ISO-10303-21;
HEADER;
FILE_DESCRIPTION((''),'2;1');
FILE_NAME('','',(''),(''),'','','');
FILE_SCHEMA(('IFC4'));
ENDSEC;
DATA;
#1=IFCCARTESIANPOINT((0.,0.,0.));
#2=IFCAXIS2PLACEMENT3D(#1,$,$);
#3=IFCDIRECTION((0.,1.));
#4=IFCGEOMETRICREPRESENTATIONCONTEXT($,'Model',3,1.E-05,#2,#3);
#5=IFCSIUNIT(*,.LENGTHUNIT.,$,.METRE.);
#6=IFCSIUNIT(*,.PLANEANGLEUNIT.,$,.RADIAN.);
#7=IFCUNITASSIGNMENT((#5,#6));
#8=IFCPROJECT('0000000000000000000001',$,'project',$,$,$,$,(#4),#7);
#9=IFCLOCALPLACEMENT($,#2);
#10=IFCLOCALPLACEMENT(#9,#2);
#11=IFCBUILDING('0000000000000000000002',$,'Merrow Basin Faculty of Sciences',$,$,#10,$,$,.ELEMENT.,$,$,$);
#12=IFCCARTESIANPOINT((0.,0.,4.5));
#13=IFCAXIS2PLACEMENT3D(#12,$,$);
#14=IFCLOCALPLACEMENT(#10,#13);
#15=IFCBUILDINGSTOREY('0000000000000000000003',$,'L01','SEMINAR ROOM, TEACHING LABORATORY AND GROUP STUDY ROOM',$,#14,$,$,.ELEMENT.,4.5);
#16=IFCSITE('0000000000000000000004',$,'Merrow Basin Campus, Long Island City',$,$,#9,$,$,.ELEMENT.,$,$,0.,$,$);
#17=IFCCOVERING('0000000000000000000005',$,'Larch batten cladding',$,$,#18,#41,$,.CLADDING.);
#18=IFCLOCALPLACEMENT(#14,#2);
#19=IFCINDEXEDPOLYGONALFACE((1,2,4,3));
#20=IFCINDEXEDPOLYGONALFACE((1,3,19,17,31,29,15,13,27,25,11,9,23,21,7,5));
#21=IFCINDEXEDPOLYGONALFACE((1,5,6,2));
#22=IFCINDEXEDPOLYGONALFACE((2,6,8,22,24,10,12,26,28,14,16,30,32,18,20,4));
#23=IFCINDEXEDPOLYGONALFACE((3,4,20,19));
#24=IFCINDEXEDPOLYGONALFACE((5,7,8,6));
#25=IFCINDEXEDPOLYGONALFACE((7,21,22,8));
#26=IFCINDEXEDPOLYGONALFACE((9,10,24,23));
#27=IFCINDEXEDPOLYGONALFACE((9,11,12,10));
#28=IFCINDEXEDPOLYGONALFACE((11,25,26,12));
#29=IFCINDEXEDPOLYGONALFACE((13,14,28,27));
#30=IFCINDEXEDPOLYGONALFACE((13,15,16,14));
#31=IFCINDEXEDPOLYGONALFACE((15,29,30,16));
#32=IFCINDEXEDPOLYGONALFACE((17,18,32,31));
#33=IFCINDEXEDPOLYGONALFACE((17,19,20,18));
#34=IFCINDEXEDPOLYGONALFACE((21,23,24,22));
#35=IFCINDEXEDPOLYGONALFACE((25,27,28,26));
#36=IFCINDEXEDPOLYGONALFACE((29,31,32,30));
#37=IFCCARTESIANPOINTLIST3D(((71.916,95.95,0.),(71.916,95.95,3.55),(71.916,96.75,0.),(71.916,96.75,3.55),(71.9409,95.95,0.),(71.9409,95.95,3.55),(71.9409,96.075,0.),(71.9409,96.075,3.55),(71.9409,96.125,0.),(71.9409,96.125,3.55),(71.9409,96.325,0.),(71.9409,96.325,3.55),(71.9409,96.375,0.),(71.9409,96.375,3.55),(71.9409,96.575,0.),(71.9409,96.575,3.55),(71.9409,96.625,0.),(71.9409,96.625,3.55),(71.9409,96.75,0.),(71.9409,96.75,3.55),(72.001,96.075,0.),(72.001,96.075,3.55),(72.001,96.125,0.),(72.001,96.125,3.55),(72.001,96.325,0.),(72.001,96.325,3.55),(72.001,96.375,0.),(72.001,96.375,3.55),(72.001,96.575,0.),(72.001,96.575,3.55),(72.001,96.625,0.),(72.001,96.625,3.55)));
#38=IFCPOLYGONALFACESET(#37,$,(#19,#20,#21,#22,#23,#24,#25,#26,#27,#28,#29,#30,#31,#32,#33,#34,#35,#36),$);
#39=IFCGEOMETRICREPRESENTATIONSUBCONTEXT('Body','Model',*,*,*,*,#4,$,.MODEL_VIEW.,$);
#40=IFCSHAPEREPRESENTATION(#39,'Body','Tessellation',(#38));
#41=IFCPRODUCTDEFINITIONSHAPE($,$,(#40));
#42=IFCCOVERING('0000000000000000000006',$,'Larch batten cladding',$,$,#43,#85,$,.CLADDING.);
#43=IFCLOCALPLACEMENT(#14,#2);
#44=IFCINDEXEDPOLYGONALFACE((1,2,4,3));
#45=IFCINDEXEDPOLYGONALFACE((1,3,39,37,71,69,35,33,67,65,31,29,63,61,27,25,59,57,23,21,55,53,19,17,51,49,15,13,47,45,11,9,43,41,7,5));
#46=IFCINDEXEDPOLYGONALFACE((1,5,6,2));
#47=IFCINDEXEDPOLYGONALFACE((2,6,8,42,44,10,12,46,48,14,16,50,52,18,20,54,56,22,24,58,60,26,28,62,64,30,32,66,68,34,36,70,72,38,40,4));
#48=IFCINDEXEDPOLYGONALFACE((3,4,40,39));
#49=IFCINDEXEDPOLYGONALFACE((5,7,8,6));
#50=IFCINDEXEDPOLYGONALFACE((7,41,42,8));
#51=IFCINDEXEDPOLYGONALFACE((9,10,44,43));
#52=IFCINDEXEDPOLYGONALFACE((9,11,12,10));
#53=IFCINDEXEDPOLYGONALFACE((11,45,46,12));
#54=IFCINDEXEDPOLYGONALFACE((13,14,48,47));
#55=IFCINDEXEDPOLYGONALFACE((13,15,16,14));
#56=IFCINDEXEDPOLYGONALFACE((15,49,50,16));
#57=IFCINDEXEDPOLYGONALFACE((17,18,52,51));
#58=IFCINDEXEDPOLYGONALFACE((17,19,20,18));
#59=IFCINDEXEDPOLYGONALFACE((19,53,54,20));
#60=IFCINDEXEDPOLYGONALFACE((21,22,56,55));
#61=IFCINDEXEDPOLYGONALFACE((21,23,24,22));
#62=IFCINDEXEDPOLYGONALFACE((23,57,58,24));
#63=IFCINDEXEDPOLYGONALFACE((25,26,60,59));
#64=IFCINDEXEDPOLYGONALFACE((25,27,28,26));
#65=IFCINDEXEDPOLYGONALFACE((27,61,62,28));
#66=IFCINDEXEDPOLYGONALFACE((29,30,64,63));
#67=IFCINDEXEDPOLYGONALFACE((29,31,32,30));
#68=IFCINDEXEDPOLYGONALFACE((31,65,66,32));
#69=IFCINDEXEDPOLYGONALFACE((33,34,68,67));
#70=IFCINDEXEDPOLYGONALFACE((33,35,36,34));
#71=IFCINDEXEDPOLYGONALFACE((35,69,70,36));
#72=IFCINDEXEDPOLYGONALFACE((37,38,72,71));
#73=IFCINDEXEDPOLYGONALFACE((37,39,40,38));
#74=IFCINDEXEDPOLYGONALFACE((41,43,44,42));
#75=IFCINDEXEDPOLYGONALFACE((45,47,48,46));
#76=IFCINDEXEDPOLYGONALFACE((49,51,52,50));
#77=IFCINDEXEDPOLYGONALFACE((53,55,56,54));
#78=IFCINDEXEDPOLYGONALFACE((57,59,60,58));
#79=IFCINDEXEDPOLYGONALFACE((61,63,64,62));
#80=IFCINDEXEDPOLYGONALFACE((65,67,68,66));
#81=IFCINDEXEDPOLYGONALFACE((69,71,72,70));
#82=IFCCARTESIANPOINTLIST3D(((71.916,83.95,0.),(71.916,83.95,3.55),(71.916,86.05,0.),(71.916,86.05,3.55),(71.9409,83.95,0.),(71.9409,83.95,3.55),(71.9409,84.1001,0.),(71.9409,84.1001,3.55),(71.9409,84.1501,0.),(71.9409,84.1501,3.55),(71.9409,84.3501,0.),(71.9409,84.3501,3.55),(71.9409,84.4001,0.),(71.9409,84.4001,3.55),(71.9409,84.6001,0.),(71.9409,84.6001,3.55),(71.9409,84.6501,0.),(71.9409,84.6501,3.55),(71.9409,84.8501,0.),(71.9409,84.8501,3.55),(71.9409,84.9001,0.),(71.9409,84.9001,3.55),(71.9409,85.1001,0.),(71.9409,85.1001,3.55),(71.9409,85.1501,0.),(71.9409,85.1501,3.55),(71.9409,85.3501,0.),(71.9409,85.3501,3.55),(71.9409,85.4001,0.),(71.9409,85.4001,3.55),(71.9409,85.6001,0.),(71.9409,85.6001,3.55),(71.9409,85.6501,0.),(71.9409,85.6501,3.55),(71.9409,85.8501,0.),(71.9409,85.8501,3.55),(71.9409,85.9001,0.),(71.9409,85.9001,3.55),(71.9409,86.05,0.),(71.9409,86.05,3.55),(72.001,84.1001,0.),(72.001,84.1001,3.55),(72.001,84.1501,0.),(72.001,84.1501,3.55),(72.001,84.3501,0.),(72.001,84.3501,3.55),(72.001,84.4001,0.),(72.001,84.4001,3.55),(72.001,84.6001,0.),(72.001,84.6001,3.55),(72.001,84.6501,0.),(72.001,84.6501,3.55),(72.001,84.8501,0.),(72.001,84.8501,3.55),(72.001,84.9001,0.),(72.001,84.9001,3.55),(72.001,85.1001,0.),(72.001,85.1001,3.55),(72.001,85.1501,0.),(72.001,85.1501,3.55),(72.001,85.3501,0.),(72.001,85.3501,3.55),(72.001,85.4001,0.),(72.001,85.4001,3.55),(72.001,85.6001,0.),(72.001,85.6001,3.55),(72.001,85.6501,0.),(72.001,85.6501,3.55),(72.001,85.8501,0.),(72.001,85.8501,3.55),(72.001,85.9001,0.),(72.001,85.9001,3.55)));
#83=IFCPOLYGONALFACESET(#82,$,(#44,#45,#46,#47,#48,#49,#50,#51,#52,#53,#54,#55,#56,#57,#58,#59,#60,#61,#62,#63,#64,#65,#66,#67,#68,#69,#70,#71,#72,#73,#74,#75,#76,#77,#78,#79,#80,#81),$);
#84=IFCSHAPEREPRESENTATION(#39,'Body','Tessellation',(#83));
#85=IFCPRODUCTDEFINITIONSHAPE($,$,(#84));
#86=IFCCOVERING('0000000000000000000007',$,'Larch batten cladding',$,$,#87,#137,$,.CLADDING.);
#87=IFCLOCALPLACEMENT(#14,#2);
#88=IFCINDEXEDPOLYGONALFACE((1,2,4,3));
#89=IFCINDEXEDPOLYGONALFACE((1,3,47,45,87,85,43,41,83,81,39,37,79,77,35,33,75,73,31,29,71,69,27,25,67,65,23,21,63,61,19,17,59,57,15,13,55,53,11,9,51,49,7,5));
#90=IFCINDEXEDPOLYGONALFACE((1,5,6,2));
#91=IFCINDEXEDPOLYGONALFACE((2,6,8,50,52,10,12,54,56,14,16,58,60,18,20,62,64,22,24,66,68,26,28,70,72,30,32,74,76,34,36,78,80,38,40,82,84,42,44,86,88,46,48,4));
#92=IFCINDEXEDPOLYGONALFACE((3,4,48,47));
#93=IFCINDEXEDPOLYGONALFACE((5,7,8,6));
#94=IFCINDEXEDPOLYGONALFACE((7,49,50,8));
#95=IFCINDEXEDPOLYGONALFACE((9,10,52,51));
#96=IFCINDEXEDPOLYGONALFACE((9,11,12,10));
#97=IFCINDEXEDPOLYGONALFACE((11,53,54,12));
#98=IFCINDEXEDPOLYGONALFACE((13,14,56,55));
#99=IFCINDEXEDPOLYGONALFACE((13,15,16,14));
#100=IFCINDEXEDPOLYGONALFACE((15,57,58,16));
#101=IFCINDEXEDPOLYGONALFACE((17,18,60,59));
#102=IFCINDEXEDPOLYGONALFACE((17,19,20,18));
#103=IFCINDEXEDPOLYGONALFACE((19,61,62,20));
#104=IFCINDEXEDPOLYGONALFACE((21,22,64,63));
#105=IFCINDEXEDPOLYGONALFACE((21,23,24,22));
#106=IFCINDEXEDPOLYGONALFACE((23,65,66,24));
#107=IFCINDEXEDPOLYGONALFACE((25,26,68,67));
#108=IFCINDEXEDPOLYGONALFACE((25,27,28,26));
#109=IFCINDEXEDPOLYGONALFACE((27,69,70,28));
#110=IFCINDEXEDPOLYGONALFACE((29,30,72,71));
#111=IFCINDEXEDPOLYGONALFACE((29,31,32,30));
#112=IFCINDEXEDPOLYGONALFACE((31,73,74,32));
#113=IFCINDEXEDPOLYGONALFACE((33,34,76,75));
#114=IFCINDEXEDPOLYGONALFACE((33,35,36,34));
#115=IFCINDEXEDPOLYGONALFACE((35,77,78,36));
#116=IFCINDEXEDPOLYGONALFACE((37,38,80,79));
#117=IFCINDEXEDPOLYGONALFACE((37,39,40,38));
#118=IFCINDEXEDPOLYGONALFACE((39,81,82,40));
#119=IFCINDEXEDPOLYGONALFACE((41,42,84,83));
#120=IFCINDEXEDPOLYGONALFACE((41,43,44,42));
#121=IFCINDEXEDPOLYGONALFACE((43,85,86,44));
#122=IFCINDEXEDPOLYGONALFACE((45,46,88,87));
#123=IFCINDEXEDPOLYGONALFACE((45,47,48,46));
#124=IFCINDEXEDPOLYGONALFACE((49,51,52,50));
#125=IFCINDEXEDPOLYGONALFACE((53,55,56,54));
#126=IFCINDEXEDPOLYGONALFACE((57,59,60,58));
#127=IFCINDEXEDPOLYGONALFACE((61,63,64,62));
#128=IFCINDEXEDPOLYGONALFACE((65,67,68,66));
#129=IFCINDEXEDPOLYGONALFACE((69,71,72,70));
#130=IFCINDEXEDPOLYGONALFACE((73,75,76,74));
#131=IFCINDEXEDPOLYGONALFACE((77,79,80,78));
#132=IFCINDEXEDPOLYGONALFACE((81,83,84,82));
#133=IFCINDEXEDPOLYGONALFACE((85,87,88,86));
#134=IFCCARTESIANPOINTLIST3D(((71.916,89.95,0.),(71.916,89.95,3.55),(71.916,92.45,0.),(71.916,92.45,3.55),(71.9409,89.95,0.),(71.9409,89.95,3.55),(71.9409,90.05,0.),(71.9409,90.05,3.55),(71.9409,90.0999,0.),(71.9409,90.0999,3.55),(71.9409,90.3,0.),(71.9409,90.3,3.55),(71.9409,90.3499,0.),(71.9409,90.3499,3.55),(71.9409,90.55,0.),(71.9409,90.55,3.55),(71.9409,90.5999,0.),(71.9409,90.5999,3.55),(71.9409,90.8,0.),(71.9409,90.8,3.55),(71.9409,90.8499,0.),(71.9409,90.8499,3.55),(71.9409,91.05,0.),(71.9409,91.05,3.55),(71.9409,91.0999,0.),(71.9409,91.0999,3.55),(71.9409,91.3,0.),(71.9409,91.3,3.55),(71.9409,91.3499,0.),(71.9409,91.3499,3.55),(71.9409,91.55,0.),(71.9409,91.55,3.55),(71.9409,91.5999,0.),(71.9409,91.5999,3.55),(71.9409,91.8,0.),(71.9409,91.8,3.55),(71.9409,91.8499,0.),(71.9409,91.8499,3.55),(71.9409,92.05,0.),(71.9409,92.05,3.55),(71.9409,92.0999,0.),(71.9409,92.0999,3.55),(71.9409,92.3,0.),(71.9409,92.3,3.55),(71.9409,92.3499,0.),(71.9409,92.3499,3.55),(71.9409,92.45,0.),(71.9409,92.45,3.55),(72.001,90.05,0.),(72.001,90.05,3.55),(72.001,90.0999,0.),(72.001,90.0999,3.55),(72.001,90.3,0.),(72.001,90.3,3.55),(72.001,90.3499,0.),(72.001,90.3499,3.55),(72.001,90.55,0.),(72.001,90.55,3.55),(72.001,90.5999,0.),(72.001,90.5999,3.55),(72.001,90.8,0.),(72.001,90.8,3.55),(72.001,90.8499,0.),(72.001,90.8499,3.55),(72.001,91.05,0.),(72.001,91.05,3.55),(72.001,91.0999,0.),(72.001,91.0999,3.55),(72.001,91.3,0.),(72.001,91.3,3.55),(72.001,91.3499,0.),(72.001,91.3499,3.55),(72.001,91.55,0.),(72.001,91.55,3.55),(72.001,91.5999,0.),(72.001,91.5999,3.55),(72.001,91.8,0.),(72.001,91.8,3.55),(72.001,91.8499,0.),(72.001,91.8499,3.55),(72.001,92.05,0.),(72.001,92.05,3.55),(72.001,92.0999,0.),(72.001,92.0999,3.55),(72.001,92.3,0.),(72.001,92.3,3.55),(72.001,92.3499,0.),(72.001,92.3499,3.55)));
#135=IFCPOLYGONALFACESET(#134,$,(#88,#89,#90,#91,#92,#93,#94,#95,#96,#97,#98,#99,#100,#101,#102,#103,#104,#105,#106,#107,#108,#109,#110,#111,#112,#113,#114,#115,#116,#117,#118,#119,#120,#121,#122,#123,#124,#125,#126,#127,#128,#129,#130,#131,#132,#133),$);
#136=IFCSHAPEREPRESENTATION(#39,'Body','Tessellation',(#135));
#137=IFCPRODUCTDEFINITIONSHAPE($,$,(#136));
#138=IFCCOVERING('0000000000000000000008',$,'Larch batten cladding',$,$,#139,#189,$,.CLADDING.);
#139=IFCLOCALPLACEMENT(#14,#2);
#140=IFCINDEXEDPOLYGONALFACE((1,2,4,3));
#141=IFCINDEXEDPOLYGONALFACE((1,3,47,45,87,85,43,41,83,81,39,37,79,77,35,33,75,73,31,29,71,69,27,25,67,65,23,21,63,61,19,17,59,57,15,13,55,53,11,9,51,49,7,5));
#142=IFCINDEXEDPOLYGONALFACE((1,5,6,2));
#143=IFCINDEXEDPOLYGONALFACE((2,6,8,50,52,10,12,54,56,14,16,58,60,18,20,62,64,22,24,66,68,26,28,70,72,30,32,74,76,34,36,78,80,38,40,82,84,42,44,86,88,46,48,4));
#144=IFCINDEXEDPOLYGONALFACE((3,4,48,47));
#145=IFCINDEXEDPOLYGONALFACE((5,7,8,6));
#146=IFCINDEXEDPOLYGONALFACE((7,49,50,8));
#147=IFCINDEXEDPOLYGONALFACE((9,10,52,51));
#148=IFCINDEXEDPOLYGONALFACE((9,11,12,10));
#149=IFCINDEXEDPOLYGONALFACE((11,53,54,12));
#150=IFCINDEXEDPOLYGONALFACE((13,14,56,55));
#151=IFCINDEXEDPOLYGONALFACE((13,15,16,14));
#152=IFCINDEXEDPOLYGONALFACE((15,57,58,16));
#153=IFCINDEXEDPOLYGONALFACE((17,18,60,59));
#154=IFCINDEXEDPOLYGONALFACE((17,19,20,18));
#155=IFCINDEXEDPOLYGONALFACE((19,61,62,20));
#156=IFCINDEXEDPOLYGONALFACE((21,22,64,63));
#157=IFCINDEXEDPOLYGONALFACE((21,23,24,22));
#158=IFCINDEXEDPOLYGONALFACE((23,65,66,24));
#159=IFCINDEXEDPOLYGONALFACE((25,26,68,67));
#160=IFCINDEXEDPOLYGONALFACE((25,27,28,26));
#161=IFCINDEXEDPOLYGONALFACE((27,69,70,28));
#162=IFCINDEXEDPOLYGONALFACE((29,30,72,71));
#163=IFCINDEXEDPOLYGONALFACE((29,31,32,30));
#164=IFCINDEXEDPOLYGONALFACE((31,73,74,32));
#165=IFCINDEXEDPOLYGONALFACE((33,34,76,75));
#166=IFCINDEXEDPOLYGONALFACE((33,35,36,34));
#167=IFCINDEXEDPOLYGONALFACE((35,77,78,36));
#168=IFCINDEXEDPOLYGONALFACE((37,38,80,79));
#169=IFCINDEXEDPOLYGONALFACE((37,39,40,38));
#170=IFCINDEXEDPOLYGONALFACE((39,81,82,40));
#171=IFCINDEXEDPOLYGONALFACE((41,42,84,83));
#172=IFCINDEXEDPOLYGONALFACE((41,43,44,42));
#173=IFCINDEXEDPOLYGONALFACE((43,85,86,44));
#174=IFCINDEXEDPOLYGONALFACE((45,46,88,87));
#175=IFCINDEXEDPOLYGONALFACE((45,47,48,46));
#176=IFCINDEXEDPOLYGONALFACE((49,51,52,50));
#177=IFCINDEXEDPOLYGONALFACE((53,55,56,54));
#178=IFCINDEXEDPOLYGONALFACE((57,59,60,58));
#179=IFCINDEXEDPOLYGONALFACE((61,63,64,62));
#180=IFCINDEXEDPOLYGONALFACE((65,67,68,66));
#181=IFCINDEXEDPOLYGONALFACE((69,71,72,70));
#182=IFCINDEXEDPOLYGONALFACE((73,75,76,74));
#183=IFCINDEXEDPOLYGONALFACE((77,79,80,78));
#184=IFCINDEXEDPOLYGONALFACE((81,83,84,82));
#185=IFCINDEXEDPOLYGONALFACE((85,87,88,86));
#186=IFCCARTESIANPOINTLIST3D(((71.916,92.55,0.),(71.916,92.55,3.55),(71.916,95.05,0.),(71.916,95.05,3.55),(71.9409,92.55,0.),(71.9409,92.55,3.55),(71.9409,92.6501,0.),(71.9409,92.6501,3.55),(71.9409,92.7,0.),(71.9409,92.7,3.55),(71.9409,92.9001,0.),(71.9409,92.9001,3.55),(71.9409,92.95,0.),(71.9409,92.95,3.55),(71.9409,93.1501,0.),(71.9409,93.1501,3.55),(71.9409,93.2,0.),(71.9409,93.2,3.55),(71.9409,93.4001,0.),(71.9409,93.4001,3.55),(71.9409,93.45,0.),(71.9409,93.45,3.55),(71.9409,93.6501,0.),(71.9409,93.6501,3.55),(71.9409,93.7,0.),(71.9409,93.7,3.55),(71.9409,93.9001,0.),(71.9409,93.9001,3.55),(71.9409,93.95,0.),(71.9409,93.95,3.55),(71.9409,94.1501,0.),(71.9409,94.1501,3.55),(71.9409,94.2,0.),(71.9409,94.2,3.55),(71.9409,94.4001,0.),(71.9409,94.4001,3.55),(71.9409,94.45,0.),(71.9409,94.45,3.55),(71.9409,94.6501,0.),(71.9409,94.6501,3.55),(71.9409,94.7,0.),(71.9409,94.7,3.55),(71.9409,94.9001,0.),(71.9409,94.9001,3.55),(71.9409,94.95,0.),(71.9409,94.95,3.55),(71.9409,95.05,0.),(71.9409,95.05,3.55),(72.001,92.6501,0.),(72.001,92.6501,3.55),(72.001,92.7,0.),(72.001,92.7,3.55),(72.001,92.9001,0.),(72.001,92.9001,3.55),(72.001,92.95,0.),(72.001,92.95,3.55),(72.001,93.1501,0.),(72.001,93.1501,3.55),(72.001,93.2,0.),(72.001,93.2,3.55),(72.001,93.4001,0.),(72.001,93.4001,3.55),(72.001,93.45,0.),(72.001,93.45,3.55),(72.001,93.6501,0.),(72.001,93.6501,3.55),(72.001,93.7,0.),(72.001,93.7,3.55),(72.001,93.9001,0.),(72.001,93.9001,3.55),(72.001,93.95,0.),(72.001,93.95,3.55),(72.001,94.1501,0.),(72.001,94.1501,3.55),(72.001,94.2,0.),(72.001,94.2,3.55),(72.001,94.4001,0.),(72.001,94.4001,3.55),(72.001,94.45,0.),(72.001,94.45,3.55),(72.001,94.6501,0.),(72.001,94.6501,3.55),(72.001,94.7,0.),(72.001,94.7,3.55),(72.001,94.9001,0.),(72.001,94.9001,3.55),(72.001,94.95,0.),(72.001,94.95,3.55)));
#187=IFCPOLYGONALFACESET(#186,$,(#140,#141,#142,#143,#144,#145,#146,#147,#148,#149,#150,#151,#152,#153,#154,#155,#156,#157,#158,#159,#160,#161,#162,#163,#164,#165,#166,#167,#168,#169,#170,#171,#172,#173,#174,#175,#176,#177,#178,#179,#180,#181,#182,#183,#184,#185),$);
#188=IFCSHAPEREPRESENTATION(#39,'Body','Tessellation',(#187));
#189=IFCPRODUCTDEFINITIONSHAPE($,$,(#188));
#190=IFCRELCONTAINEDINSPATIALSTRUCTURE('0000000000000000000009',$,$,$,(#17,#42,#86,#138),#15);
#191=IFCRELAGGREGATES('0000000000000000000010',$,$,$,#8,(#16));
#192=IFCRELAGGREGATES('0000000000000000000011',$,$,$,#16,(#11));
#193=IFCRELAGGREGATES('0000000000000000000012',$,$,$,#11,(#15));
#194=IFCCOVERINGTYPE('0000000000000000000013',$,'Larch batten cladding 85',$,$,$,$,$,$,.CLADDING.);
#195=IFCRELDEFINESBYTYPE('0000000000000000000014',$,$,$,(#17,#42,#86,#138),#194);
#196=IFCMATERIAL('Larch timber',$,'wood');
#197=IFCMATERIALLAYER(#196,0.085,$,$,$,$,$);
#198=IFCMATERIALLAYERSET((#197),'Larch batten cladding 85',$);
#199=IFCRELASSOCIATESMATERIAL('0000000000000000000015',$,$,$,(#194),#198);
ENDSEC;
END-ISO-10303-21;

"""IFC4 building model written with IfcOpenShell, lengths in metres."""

from ifc_helpers import new_model, si_unit, direction, frame, origin, place, context, subcontext, project, spatial, polyline, outline, extrude, source, transform, mapped, material, layer, layer_set, type_object, element, save


model = new_model("IFC4")

# Units and contexts
model_context = context("Model", 3, precision=1e-05, world=origin(), true_north=direction((0.0, 1.0)))
body_context = subcontext(model_context, "Body", "Model", "MODEL_VIEW")
ifc_project = project(units=[si_unit("LENGTHUNIT", "METRE"), si_unit("PLANEANGLEUNIT", "RADIAN")], contexts=[model_context])

# Site, building, storey
site_placement = place(None, origin())
site = spatial("IfcSite", under=ifc_project, at=site_placement, Name="Merrow Basin Campus, Long Island City", CompositionType="ELEMENT", RefElevation=0.0)
building_placement = place(site_placement, origin())
building = spatial("IfcBuilding", under=site, at=building_placement, Name="Merrow Basin Faculty of Sciences", CompositionType="ELEMENT")
storey_placement = place(building_placement, frame((0.0, 0.0, 4.5)))
storey = spatial("IfcBuildingStorey", under=building, at=storey_placement, Name="L01", Description="SEMINAR ROOM, TEACHING LABORATORY AND GROUP STUDY ROOM", CompositionType="ELEMENT", Elevation=4.5)

# Coverings
ifc_material_1 = material(Name="Larch timber", Category="wood")
ifc_layer_1 = layer(ifc_material_1, 0.085)
ifc_layer_set_1 = layer_set([ifc_layer_1], Name="Larch batten cladding 85")
covering_type = type_object("IfcCoveringType", Name="Larch batten cladding 85", PredefinedType="CLADDING", material=ifc_layer_set_1)
shared_shape_1 = source(origin(), body_context, "Body", "SweptSolid", [
    extrude(outline(polyline([(0.0, 0.0), (0.8, 0.0), (0.8, 0.0249), (0.675, 0.0249), (0.675, 0.085), (0.625, 0.085), (0.625, 0.0249), (0.425, 0.0249), (0.425, 0.085), (0.375, 0.085), (0.375, 0.0249), (0.175, 0.0249), (0.175, 0.085), (0.125, 0.085), (0.125, 0.0249), (0.0, 0.0249), (0.0, 0.0)])), origin(), (0.0, 0.0, 1.0), 3.55),
])
for number, where, z_axis, x_axis, name in (
    (1, (71.916, 96.75, 0.0), (0.0, 0.0, 1.0), (0.0, -1.0, 0.0), "Larch batten cladding"),
):
    element("IfcCovering", number, at=place(storey_placement, frame(where, z_axis=z_axis, x_axis=x_axis)), inside=storey, type_object=covering_type, Name=name, PredefinedType="CLADDING", context=body_context, shape_type="MappedRepresentation", body=[
        mapped(shared_shape_1, transform((0.0, 0.0, 0.0), scale=1.0)),
    ])
shared_shape_2 = source(origin(), body_context, "Body", "SweptSolid", [
    extrude(outline(polyline([(0.0, 0.0), (2.1001, 0.0), (2.1001, 0.0249), (1.95, 0.0249), (1.95, 0.085), (1.8999, 0.085), (1.8999, 0.0249), (1.7, 0.0249), (1.7, 0.085), (1.6499, 0.085), (1.6499, 0.0249), (1.45, 0.0249), (1.45, 0.085), (1.3999, 0.085), (1.3999, 0.0249), (1.2, 0.0249), (1.2, 0.085), (1.1499, 0.085), (1.1499, 0.0249), (0.95, 0.0249), (0.95, 0.085), (0.8999, 0.085), (0.8999, 0.0249), (0.7, 0.0249), (0.7, 0.085), (0.6499, 0.085), (0.6499, 0.0249), (0.45, 0.0249), (0.45, 0.085), (0.3999, 0.085), (0.3999, 0.0249), (0.2, 0.0249), (0.2, 0.085), (0.1499, 0.085), (0.1499, 0.0249), (0.0, 0.0249), (0.0, 0.0)])), origin(), (0.0, 0.0, 1.0), 3.55),
])
covering_placement = place(storey_placement, frame((71.916, 86.05, 0.0), z_axis=(0.0, 0.0, 1.0), x_axis=(0.0, -1.0, 0.0)))
element("IfcCovering", 2, at=covering_placement, inside=storey, type_object=covering_type, Name="Larch batten cladding", PredefinedType="CLADDING", context=body_context, shape_type="MappedRepresentation", body=[
    mapped(shared_shape_2, transform((0.0, 0.0, 0.0), scale=1.0)),
])
shared_shape_3 = source(origin(), body_context, "Body", "SweptSolid", [
    extrude(outline(polyline([(0.0, 0.0), (2.5, 0.0), (2.5, 0.0249), (2.3999, 0.0249), (2.3999, 0.085), (2.3501, 0.085), (2.3501, 0.0249), (2.1499, 0.0249), (2.1499, 0.085), (2.1001, 0.085), (2.1001, 0.0249), (1.8999, 0.0249), (1.8999, 0.085), (1.8501, 0.085), (1.8501, 0.0249), (1.6499, 0.0249), (1.6499, 0.085), (1.6001, 0.085), (1.6001, 0.0249), (1.3999, 0.0249), (1.3999, 0.085), (1.3501, 0.085), (1.3501, 0.0249), (1.1499, 0.0249), (1.1499, 0.085), (1.1001, 0.085), (1.1001, 0.0249), (0.8999, 0.0249), (0.8999, 0.085), (0.8501, 0.085), (0.8501, 0.0249), (0.6499, 0.0249), (0.6499, 0.085), (0.6001, 0.085), (0.6001, 0.0249), (0.3999, 0.0249), (0.3999, 0.085), (0.3501, 0.085), (0.3501, 0.0249), (0.1499, 0.0249), (0.1499, 0.085), (0.1001, 0.085), (0.1001, 0.0249), (0.0, 0.0249), (0.0, 0.0)])), origin(), (0.0, 0.0, 1.0), 3.55),
])
for number, where, z_axis, x_axis, name in (
    (3, (71.916, 92.45, 0.0), (0.0, 0.0, 1.0), (0.0, -1.0, 0.0), "Larch batten cladding"),
    (4, (71.916, 95.05, 0.0), (0.0, 0.0, 1.0), (0.0, -1.0, 0.0), "Larch batten cladding"),
):
    element("IfcCovering", number, at=place(storey_placement, frame(where, z_axis=z_axis, x_axis=x_axis)), inside=storey, type_object=covering_type, Name=name, PredefinedType="CLADDING", context=body_context, shape_type="MappedRepresentation", body=[
        mapped(shared_shape_3, transform((0.0, 0.0, 0.0), scale=1.0)),
    ])

save(model, "model.ifc")
